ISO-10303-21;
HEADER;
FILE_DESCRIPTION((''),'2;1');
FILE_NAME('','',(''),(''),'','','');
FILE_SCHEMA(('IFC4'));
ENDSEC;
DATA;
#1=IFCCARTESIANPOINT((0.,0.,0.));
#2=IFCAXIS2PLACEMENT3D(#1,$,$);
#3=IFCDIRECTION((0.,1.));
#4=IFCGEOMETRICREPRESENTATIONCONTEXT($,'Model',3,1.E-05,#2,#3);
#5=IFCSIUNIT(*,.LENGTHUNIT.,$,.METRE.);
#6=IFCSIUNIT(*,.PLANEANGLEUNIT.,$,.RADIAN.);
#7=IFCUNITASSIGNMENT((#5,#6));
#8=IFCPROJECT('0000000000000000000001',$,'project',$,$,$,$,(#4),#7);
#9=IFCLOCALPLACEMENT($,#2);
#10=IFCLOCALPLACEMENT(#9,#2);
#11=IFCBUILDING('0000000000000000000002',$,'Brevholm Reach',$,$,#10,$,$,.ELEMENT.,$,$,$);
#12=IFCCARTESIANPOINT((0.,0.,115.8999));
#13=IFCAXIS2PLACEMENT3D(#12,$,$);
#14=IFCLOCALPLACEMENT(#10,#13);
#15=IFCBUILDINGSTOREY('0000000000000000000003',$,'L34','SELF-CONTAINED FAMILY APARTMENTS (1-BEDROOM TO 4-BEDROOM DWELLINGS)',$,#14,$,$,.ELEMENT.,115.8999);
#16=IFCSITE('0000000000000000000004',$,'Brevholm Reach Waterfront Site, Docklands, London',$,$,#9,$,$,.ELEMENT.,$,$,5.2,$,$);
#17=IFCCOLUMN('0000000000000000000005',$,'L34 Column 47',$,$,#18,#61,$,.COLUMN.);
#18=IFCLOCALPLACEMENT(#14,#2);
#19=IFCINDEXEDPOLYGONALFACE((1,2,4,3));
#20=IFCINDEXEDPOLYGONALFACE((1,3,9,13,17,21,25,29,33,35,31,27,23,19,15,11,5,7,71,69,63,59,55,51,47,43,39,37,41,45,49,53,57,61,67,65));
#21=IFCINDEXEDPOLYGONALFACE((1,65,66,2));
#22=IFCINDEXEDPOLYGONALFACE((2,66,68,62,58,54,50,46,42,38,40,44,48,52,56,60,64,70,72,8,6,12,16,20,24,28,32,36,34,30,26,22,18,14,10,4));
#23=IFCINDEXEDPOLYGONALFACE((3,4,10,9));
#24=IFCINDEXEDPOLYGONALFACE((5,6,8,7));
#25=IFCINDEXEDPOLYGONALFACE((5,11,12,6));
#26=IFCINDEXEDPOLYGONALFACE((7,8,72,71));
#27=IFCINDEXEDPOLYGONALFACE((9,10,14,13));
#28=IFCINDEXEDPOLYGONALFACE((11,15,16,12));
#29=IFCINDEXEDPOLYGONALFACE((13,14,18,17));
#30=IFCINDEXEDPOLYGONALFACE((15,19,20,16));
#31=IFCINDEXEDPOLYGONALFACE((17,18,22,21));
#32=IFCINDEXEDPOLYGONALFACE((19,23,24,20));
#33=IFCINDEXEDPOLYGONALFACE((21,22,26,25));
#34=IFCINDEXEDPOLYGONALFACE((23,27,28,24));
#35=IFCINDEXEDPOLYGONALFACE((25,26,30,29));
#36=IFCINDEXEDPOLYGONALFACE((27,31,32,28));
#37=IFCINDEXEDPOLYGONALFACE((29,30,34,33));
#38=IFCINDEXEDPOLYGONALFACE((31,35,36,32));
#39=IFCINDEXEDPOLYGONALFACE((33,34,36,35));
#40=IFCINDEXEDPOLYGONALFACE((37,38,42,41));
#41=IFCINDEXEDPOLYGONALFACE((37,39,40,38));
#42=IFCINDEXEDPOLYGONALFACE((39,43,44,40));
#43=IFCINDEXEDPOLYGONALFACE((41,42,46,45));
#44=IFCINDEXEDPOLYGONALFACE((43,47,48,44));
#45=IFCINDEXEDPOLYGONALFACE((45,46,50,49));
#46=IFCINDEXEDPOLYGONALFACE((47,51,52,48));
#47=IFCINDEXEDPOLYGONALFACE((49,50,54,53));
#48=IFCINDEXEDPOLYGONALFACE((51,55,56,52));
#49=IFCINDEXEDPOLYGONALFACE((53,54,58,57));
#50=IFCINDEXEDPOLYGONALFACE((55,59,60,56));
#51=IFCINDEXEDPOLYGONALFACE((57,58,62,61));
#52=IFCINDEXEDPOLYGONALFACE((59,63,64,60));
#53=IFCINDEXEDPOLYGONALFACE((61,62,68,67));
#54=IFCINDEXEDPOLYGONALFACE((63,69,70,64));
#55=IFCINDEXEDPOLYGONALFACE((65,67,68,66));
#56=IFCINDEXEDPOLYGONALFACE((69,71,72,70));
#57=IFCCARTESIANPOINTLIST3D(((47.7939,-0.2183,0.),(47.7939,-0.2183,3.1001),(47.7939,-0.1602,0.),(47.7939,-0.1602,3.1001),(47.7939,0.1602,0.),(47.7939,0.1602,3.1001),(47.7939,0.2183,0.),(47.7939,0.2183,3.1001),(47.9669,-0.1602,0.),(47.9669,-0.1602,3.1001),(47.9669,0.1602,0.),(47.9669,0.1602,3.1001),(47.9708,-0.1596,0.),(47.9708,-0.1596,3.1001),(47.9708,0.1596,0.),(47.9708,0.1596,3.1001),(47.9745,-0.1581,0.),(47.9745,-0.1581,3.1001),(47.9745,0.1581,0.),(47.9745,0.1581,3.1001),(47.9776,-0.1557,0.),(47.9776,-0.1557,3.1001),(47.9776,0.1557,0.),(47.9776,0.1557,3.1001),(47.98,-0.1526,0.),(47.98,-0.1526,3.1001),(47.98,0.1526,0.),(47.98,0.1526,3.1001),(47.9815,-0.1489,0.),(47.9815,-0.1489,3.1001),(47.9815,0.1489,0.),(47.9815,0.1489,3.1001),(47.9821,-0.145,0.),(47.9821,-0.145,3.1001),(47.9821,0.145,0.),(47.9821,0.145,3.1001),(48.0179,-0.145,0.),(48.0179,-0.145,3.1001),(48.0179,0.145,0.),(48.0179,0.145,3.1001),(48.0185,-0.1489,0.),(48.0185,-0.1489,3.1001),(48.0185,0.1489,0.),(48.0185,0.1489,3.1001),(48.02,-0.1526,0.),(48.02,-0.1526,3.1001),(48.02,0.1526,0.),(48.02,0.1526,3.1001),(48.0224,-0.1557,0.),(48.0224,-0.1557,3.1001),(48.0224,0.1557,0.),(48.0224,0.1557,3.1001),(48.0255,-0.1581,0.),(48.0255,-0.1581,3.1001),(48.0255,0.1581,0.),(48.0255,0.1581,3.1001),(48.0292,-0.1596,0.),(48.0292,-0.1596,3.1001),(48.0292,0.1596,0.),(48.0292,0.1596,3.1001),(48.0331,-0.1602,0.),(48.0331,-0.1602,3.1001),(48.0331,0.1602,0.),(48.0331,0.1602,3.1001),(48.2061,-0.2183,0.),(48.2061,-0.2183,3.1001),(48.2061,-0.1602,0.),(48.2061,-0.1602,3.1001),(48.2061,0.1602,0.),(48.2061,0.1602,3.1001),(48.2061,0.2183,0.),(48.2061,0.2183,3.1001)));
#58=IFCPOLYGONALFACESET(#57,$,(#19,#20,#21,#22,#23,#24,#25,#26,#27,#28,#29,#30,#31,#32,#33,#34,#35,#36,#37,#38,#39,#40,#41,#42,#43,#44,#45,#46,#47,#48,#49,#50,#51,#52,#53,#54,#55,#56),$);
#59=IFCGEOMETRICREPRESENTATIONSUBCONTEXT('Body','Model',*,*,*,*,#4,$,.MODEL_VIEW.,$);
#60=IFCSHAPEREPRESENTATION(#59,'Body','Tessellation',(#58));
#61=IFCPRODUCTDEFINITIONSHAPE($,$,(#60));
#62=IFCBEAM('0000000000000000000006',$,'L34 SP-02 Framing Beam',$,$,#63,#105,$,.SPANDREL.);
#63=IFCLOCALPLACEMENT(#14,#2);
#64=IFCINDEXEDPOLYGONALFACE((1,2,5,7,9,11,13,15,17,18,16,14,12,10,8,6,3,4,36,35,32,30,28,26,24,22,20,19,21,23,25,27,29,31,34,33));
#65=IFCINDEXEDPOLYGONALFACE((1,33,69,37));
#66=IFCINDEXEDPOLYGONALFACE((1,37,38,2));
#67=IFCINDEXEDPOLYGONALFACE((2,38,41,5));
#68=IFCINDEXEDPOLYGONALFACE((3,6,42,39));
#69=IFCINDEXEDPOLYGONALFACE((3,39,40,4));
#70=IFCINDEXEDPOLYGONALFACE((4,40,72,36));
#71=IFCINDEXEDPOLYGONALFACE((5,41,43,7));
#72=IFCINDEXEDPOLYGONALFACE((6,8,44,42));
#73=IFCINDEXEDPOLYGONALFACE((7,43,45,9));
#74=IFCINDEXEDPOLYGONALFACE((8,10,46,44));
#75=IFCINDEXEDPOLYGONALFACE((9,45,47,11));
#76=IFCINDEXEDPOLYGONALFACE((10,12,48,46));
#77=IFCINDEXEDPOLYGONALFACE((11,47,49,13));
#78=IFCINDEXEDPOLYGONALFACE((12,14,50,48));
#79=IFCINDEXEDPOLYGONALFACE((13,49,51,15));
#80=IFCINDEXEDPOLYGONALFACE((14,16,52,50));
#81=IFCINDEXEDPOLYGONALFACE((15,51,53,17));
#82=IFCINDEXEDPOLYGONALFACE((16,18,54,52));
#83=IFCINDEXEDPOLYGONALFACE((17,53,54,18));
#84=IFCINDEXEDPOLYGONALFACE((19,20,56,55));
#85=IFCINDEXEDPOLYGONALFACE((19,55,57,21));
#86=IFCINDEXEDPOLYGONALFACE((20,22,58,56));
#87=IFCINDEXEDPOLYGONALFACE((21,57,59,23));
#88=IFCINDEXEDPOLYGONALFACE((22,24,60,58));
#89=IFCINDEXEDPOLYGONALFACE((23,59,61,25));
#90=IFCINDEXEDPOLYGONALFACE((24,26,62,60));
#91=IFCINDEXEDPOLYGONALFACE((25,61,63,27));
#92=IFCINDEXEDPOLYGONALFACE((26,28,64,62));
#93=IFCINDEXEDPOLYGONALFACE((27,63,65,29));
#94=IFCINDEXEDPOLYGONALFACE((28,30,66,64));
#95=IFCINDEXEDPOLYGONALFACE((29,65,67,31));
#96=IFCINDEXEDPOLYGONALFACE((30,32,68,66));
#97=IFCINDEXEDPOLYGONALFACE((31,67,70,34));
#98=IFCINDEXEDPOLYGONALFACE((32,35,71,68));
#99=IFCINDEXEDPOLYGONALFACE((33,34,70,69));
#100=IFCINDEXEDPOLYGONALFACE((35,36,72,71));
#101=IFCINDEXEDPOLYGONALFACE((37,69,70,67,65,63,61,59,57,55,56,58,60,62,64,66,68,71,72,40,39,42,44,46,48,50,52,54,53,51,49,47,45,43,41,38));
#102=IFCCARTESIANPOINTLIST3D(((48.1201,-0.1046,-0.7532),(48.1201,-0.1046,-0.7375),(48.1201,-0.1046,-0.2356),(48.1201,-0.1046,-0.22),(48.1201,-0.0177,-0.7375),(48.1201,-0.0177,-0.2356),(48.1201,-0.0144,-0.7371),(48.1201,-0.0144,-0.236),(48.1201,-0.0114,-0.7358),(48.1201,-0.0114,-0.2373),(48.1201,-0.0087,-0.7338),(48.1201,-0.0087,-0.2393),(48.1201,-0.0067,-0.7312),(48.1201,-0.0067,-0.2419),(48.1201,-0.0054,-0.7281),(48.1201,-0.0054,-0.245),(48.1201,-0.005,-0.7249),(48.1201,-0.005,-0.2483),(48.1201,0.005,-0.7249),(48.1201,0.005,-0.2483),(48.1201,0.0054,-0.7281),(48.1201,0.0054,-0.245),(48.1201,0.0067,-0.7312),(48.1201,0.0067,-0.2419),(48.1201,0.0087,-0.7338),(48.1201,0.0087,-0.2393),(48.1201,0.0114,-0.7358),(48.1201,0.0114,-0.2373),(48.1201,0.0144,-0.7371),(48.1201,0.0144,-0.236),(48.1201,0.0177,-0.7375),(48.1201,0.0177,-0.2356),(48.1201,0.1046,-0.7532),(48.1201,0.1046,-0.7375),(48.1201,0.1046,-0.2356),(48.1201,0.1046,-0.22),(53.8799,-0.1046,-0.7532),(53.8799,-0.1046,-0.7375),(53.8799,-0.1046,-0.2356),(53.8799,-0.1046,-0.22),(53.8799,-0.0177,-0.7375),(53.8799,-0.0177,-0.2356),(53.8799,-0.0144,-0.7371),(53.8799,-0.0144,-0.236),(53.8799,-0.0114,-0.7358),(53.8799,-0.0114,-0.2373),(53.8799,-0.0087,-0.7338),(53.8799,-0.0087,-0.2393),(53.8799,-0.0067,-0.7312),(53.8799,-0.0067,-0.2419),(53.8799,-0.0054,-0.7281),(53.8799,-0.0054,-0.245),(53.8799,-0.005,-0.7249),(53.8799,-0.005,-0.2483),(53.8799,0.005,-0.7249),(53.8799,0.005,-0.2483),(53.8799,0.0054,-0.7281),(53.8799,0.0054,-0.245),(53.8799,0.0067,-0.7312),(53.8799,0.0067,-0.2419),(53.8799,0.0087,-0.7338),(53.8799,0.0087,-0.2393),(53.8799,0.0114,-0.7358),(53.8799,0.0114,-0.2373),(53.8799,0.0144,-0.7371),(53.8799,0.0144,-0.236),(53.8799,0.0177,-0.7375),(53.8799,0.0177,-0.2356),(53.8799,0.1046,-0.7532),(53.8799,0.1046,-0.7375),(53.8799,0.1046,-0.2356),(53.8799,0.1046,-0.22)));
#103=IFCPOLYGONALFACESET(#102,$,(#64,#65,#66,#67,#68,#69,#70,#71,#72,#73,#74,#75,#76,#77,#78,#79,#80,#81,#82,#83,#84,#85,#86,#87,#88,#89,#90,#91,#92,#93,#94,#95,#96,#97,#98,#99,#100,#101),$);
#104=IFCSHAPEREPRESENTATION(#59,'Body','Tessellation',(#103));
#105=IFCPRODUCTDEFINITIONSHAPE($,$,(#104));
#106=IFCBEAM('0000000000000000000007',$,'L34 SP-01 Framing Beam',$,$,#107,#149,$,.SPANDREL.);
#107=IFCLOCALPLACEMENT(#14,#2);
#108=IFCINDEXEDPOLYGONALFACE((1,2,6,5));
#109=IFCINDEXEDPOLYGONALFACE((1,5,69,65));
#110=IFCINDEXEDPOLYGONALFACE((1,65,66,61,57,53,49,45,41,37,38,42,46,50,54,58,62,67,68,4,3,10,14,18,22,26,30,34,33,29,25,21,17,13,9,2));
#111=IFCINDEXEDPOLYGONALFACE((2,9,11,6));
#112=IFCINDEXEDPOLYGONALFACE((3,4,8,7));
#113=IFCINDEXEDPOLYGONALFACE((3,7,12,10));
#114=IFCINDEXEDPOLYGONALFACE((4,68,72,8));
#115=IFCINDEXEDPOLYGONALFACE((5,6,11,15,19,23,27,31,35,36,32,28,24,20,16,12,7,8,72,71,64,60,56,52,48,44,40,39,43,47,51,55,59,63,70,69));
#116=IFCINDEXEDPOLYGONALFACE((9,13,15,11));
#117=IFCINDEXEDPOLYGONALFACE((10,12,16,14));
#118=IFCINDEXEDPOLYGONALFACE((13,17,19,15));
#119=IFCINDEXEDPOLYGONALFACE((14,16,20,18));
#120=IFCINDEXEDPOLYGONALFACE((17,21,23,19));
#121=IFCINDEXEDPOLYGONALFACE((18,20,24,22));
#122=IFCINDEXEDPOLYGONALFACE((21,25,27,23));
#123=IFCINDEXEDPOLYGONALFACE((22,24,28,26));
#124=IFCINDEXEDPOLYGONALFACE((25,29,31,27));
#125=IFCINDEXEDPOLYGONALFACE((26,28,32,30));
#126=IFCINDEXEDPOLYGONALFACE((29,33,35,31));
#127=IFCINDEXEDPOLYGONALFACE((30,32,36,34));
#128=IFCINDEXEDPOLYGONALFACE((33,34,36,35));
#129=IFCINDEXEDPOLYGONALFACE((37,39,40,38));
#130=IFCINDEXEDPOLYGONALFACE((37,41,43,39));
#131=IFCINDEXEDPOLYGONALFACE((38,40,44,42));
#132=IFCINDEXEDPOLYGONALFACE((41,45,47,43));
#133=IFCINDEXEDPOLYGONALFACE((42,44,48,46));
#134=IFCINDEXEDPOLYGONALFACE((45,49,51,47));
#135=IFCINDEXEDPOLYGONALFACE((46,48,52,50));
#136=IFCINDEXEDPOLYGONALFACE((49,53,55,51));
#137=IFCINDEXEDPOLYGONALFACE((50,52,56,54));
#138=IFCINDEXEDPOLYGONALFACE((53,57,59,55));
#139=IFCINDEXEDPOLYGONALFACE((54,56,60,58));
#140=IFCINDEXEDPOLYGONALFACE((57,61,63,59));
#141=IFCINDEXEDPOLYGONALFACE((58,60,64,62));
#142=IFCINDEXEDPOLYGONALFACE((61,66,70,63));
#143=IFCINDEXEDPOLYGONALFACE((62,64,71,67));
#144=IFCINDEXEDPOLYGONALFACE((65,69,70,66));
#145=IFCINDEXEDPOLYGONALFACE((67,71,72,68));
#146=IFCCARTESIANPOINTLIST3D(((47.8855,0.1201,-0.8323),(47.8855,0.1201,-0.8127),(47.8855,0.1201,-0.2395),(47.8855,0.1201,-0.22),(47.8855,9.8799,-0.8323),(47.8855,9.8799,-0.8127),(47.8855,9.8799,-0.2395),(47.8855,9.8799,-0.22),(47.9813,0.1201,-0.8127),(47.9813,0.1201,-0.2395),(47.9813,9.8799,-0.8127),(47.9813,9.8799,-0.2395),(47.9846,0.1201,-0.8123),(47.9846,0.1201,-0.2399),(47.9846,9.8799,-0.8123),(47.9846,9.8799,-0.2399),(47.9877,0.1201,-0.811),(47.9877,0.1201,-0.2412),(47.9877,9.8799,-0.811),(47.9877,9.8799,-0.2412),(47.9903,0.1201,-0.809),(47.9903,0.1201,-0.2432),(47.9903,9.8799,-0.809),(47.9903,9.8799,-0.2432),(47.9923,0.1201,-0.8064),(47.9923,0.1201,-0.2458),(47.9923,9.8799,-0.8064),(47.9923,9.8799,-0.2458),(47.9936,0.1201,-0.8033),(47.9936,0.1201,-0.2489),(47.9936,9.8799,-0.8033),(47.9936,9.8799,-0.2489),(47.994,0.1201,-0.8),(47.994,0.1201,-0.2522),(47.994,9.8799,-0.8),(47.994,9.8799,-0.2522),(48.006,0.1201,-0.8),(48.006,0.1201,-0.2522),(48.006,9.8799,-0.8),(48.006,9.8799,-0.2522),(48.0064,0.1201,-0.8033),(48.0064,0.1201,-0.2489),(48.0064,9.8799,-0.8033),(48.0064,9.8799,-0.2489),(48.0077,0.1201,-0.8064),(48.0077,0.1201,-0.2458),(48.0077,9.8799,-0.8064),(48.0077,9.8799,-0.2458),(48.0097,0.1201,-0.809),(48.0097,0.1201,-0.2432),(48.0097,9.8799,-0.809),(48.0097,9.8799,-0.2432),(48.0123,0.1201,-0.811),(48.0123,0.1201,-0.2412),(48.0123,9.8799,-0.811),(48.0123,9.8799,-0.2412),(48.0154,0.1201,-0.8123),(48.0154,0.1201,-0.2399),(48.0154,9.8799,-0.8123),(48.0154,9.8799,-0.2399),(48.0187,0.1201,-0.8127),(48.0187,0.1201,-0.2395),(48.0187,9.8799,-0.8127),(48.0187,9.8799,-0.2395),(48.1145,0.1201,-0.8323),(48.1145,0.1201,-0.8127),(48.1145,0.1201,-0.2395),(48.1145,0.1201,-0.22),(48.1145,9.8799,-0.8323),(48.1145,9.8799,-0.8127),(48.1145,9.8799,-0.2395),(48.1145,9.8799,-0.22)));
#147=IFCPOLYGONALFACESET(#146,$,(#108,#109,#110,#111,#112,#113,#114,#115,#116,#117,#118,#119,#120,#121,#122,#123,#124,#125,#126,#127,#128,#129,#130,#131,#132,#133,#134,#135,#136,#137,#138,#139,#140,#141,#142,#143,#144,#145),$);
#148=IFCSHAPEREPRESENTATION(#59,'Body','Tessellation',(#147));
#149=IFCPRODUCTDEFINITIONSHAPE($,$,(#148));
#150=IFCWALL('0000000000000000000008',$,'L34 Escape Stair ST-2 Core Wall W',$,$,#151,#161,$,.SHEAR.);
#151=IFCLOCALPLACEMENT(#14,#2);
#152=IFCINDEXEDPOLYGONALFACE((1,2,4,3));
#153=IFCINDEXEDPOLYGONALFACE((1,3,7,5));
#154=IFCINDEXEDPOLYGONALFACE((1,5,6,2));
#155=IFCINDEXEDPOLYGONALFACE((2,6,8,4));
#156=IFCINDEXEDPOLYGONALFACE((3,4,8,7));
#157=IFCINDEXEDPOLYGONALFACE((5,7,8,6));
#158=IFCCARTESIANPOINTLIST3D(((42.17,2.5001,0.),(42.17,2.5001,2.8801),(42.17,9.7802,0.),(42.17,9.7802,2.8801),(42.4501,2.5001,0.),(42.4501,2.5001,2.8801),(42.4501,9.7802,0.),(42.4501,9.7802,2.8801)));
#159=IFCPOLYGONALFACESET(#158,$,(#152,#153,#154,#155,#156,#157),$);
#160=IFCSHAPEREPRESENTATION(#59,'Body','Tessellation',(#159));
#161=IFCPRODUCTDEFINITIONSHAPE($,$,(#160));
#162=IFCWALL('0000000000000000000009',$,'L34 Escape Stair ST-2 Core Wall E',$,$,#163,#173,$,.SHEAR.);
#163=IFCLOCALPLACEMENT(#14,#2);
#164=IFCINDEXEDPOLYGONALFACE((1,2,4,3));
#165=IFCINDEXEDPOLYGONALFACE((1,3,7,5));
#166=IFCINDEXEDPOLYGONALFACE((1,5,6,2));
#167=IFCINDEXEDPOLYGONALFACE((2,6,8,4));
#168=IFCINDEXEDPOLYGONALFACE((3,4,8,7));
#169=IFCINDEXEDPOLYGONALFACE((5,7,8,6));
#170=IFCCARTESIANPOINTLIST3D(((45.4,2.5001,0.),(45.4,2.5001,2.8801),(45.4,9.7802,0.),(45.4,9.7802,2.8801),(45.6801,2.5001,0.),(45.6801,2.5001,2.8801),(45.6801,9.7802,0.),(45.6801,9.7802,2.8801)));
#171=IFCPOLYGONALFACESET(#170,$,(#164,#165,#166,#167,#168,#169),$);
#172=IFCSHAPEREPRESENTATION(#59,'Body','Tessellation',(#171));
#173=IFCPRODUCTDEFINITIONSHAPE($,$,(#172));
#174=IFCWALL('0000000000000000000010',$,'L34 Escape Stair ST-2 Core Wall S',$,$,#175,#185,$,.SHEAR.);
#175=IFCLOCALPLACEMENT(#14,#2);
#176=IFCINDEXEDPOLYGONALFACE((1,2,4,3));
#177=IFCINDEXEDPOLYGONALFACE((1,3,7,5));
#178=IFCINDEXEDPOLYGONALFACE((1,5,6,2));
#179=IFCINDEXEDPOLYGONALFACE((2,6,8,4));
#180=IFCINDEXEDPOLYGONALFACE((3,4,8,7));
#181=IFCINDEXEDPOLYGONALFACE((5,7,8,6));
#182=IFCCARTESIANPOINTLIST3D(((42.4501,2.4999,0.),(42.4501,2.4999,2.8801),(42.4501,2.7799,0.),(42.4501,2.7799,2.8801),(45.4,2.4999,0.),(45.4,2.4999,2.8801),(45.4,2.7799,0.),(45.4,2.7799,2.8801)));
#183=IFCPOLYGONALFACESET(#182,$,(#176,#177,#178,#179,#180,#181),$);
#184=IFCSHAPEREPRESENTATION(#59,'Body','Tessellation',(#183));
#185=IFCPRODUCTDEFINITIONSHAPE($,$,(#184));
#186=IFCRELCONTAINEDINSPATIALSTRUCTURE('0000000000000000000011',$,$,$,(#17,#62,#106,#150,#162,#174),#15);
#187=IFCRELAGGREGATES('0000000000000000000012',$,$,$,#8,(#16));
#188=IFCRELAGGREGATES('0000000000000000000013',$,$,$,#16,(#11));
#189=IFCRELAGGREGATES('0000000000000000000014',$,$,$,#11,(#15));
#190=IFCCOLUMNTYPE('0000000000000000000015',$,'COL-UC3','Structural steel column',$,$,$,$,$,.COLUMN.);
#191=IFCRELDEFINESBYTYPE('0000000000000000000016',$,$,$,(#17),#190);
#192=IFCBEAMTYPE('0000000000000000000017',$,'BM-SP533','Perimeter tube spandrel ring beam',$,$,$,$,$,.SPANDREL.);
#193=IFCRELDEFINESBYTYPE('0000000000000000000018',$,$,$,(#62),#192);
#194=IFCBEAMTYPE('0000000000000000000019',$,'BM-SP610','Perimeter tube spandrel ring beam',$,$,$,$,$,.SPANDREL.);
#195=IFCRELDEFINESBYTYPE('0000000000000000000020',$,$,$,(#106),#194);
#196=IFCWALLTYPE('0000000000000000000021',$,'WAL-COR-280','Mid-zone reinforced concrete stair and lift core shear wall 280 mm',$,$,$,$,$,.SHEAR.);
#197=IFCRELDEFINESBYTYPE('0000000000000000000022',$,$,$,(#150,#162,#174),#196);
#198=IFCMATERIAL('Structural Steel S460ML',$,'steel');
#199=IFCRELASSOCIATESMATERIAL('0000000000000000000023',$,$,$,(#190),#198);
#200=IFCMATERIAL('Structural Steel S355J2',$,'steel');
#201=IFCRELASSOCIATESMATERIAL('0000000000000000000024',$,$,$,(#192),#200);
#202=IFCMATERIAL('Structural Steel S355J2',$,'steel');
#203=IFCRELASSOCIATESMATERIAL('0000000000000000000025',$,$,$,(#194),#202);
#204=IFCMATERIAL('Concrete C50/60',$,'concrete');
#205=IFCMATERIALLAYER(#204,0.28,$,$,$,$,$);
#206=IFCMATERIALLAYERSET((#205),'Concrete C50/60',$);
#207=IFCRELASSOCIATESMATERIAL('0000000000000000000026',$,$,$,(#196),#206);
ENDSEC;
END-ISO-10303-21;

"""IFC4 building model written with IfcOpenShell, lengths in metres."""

from ifc_helpers import new_model, si_unit, direction, frame, frame_2d, origin, origin_2d, place, context, subcontext, project, spatial, rectangle, i_section, extrude, material, layer, layer_set, material_profile, profile_set, type_object, element, save


model = new_model("IFC4")

# Units and contexts
model_context = context("Model", 3, precision=1e-05, world=origin(), true_north=direction((0.0, 1.0)))
body_context = subcontext(model_context, "Body", "Model", "MODEL_VIEW")
ifc_project = project(units=[si_unit("LENGTHUNIT", "METRE"), si_unit("PLANEANGLEUNIT", "RADIAN")], contexts=[model_context])

# Site, building, storey
site_placement = place(None, origin())
site = spatial("IfcSite", under=ifc_project, at=site_placement, Name="Brevholm Reach Waterfront Site, Docklands, London", CompositionType="ELEMENT", RefElevation=5.2)
building_placement = place(site_placement, origin())
building = spatial("IfcBuilding", under=site, at=building_placement, Name="Brevholm Reach", CompositionType="ELEMENT")
storey_placement = place(building_placement, frame((0.0, 0.0, 115.8999)))
storey = spatial("IfcBuildingStorey", under=building, at=storey_placement, Name="L34", Description="SELF-CONTAINED FAMILY APARTMENTS (1-BEDROOM TO 4-BEDROOM DWELLINGS)", CompositionType="ELEMENT", Elevation=115.8999)

# Column
ifc_material_1 = material(Name="Structural Steel S460ML", Category="steel")
ifc_material_profile_1 = material_profile(ifc_material_1, i_section(OverallWidth=0.4121, OverallDepth=0.4365, WebThickness=0.0359, FlangeThickness=0.0581, FilletRadius=0.0151, at=origin_2d()), Name="UKC 356x406x467")
ifc_profile_set_1 = profile_set([ifc_material_profile_1], Name="Structural Steel S460ML")
column_type = type_object("IfcColumnType", Name="COL-UC3", Description="Structural steel column", PredefinedType="COLUMN", material=ifc_profile_set_1)
column_placement = place(storey_placement, frame((48.0, 0.0, 0.0), z_axis=(0.0, 0.0, 1.0), x_axis=(1.0, 0.0, 0.0)))
element("IfcColumn", 1, at=column_placement, inside=storey, type_object=column_type, Name="L34 Column 47", PredefinedType="COLUMN", context=body_context, shape_type="SweptSolid", body=[
    extrude(i_section(OverallWidth=0.4121, OverallDepth=0.4365, WebThickness=0.0359, FlangeThickness=0.0581, FilletRadius=0.0151, at=origin_2d()), origin(), (0.0, 0.0, 1.0), 3.1001),
])

# Beams
ifc_material_2 = material(Name="Structural Steel S355J2", Category="steel")
ifc_material_profile_2 = material_profile(ifc_material_2, i_section(OverallWidth=0.2092, OverallDepth=0.5332, WebThickness=0.01, FlangeThickness=0.0156, FilletRadius=0.0127, at=origin_2d()), Name="UKB 533x210x92")
ifc_profile_set_2 = profile_set([ifc_material_profile_2], Name="Structural Steel S355J2")
beam_type_1 = type_object("IfcBeamType", Name="BM-SP533", Description="Perimeter tube spandrel ring beam", PredefinedType="SPANDREL", material=ifc_profile_set_2)
beam_1_placement = place(storey_placement, frame((48.1201, 0.0, -0.4866), z_axis=(1.0, 0.0, 0.0), x_axis=(0.0, 1.0, 0.0)))
element("IfcBeam", 2, at=beam_1_placement, inside=storey, type_object=beam_type_1, Name="L34 SP-02 Framing Beam", PredefinedType="SPANDREL", context=body_context, shape_type="SweptSolid", body=[
    extrude(i_section(OverallWidth=0.2092, OverallDepth=0.5332, WebThickness=0.01, FlangeThickness=0.0156, FilletRadius=0.0127, at=origin_2d()), origin(), (0.0, 0.0, 1.0), 5.7598),
])
ifc_material_3 = material(Name="Structural Steel S355J2", Category="steel")
ifc_material_profile_3 = material_profile(ifc_material_3, i_section(OverallWidth=0.229, OverallDepth=0.6123, WebThickness=0.012, FlangeThickness=0.0195, FilletRadius=0.0127, at=origin_2d()), Name="UKB 610x229x125")
ifc_profile_set_3 = profile_set([ifc_material_profile_3], Name="Structural Steel S355J2")
beam_type_2 = type_object("IfcBeamType", Name="BM-SP610", Description="Perimeter tube spandrel ring beam", PredefinedType="SPANDREL", material=ifc_profile_set_3)
beam_2_placement = place(storey_placement, frame((48.0, 0.1201, -0.5261), z_axis=(0.0, 1.0, 0.0), x_axis=(-1.0, 0.0, 0.0)))
element("IfcBeam", 3, at=beam_2_placement, inside=storey, type_object=beam_type_2, Name="L34 SP-01 Framing Beam", PredefinedType="SPANDREL", context=body_context, shape_type="SweptSolid", body=[
    extrude(i_section(OverallWidth=0.229, OverallDepth=0.6123, WebThickness=0.012, FlangeThickness=0.0195, FilletRadius=0.0127, at=origin_2d()), origin(), (0.0, 0.0, 1.0), 9.7598),
])

# Walls
ifc_material_4 = material(Name="Concrete C50/60", Category="concrete")
ifc_layer_1 = layer(ifc_material_4, 0.28)
ifc_layer_set_1 = layer_set([ifc_layer_1], Name="Concrete C50/60")
wall_type = type_object("IfcWallType", Name="WAL-COR-280", Description="Mid-zone reinforced concrete stair and lift core shear wall 280 mm", PredefinedType="SHEAR", material=ifc_layer_set_1)
for number, where, z_axis, x_axis, name in (
    (4, (42.3101, 2.5, 0.0), (0.0, 0.0, 1.0), (0.0, 1.0, 0.0), "L34 Escape Stair ST-2 Core Wall W"),
    (5, (45.54, 2.5, 0.0), (0.0, 0.0, 1.0), (0.0, 1.0, 0.0), "L34 Escape Stair ST-2 Core Wall E"),
):
    element("IfcWall", number, at=place(storey_placement, frame(where, z_axis=z_axis, x_axis=x_axis)), inside=storey, type_object=wall_type, Name=name, PredefinedType="SHEAR", context=body_context, shape_type="SweptSolid", body=[
        extrude(rectangle(XDim=7.28, YDim=0.28, at=frame_2d((3.6401, 0.0))), origin(), (0.0, 0.0, 1.0), 2.8801),
    ])
wall_1_placement = place(storey_placement, frame((42.45, 2.6399, 0.0), z_axis=(0.0, 0.0, 1.0), x_axis=(1.0, 0.0, 0.0)))
element("IfcWall", 6, at=wall_1_placement, inside=storey, type_object=wall_type, Name="L34 Escape Stair ST-2 Core Wall S", PredefinedType="SHEAR", context=body_context, shape_type="SweptSolid", body=[
    extrude(rectangle(XDim=2.95, YDim=0.28, at=frame_2d((1.4751, 0.0))), origin(), (0.0, 0.0, 1.0), 2.8801),
])

save(model, "model.ifc")
